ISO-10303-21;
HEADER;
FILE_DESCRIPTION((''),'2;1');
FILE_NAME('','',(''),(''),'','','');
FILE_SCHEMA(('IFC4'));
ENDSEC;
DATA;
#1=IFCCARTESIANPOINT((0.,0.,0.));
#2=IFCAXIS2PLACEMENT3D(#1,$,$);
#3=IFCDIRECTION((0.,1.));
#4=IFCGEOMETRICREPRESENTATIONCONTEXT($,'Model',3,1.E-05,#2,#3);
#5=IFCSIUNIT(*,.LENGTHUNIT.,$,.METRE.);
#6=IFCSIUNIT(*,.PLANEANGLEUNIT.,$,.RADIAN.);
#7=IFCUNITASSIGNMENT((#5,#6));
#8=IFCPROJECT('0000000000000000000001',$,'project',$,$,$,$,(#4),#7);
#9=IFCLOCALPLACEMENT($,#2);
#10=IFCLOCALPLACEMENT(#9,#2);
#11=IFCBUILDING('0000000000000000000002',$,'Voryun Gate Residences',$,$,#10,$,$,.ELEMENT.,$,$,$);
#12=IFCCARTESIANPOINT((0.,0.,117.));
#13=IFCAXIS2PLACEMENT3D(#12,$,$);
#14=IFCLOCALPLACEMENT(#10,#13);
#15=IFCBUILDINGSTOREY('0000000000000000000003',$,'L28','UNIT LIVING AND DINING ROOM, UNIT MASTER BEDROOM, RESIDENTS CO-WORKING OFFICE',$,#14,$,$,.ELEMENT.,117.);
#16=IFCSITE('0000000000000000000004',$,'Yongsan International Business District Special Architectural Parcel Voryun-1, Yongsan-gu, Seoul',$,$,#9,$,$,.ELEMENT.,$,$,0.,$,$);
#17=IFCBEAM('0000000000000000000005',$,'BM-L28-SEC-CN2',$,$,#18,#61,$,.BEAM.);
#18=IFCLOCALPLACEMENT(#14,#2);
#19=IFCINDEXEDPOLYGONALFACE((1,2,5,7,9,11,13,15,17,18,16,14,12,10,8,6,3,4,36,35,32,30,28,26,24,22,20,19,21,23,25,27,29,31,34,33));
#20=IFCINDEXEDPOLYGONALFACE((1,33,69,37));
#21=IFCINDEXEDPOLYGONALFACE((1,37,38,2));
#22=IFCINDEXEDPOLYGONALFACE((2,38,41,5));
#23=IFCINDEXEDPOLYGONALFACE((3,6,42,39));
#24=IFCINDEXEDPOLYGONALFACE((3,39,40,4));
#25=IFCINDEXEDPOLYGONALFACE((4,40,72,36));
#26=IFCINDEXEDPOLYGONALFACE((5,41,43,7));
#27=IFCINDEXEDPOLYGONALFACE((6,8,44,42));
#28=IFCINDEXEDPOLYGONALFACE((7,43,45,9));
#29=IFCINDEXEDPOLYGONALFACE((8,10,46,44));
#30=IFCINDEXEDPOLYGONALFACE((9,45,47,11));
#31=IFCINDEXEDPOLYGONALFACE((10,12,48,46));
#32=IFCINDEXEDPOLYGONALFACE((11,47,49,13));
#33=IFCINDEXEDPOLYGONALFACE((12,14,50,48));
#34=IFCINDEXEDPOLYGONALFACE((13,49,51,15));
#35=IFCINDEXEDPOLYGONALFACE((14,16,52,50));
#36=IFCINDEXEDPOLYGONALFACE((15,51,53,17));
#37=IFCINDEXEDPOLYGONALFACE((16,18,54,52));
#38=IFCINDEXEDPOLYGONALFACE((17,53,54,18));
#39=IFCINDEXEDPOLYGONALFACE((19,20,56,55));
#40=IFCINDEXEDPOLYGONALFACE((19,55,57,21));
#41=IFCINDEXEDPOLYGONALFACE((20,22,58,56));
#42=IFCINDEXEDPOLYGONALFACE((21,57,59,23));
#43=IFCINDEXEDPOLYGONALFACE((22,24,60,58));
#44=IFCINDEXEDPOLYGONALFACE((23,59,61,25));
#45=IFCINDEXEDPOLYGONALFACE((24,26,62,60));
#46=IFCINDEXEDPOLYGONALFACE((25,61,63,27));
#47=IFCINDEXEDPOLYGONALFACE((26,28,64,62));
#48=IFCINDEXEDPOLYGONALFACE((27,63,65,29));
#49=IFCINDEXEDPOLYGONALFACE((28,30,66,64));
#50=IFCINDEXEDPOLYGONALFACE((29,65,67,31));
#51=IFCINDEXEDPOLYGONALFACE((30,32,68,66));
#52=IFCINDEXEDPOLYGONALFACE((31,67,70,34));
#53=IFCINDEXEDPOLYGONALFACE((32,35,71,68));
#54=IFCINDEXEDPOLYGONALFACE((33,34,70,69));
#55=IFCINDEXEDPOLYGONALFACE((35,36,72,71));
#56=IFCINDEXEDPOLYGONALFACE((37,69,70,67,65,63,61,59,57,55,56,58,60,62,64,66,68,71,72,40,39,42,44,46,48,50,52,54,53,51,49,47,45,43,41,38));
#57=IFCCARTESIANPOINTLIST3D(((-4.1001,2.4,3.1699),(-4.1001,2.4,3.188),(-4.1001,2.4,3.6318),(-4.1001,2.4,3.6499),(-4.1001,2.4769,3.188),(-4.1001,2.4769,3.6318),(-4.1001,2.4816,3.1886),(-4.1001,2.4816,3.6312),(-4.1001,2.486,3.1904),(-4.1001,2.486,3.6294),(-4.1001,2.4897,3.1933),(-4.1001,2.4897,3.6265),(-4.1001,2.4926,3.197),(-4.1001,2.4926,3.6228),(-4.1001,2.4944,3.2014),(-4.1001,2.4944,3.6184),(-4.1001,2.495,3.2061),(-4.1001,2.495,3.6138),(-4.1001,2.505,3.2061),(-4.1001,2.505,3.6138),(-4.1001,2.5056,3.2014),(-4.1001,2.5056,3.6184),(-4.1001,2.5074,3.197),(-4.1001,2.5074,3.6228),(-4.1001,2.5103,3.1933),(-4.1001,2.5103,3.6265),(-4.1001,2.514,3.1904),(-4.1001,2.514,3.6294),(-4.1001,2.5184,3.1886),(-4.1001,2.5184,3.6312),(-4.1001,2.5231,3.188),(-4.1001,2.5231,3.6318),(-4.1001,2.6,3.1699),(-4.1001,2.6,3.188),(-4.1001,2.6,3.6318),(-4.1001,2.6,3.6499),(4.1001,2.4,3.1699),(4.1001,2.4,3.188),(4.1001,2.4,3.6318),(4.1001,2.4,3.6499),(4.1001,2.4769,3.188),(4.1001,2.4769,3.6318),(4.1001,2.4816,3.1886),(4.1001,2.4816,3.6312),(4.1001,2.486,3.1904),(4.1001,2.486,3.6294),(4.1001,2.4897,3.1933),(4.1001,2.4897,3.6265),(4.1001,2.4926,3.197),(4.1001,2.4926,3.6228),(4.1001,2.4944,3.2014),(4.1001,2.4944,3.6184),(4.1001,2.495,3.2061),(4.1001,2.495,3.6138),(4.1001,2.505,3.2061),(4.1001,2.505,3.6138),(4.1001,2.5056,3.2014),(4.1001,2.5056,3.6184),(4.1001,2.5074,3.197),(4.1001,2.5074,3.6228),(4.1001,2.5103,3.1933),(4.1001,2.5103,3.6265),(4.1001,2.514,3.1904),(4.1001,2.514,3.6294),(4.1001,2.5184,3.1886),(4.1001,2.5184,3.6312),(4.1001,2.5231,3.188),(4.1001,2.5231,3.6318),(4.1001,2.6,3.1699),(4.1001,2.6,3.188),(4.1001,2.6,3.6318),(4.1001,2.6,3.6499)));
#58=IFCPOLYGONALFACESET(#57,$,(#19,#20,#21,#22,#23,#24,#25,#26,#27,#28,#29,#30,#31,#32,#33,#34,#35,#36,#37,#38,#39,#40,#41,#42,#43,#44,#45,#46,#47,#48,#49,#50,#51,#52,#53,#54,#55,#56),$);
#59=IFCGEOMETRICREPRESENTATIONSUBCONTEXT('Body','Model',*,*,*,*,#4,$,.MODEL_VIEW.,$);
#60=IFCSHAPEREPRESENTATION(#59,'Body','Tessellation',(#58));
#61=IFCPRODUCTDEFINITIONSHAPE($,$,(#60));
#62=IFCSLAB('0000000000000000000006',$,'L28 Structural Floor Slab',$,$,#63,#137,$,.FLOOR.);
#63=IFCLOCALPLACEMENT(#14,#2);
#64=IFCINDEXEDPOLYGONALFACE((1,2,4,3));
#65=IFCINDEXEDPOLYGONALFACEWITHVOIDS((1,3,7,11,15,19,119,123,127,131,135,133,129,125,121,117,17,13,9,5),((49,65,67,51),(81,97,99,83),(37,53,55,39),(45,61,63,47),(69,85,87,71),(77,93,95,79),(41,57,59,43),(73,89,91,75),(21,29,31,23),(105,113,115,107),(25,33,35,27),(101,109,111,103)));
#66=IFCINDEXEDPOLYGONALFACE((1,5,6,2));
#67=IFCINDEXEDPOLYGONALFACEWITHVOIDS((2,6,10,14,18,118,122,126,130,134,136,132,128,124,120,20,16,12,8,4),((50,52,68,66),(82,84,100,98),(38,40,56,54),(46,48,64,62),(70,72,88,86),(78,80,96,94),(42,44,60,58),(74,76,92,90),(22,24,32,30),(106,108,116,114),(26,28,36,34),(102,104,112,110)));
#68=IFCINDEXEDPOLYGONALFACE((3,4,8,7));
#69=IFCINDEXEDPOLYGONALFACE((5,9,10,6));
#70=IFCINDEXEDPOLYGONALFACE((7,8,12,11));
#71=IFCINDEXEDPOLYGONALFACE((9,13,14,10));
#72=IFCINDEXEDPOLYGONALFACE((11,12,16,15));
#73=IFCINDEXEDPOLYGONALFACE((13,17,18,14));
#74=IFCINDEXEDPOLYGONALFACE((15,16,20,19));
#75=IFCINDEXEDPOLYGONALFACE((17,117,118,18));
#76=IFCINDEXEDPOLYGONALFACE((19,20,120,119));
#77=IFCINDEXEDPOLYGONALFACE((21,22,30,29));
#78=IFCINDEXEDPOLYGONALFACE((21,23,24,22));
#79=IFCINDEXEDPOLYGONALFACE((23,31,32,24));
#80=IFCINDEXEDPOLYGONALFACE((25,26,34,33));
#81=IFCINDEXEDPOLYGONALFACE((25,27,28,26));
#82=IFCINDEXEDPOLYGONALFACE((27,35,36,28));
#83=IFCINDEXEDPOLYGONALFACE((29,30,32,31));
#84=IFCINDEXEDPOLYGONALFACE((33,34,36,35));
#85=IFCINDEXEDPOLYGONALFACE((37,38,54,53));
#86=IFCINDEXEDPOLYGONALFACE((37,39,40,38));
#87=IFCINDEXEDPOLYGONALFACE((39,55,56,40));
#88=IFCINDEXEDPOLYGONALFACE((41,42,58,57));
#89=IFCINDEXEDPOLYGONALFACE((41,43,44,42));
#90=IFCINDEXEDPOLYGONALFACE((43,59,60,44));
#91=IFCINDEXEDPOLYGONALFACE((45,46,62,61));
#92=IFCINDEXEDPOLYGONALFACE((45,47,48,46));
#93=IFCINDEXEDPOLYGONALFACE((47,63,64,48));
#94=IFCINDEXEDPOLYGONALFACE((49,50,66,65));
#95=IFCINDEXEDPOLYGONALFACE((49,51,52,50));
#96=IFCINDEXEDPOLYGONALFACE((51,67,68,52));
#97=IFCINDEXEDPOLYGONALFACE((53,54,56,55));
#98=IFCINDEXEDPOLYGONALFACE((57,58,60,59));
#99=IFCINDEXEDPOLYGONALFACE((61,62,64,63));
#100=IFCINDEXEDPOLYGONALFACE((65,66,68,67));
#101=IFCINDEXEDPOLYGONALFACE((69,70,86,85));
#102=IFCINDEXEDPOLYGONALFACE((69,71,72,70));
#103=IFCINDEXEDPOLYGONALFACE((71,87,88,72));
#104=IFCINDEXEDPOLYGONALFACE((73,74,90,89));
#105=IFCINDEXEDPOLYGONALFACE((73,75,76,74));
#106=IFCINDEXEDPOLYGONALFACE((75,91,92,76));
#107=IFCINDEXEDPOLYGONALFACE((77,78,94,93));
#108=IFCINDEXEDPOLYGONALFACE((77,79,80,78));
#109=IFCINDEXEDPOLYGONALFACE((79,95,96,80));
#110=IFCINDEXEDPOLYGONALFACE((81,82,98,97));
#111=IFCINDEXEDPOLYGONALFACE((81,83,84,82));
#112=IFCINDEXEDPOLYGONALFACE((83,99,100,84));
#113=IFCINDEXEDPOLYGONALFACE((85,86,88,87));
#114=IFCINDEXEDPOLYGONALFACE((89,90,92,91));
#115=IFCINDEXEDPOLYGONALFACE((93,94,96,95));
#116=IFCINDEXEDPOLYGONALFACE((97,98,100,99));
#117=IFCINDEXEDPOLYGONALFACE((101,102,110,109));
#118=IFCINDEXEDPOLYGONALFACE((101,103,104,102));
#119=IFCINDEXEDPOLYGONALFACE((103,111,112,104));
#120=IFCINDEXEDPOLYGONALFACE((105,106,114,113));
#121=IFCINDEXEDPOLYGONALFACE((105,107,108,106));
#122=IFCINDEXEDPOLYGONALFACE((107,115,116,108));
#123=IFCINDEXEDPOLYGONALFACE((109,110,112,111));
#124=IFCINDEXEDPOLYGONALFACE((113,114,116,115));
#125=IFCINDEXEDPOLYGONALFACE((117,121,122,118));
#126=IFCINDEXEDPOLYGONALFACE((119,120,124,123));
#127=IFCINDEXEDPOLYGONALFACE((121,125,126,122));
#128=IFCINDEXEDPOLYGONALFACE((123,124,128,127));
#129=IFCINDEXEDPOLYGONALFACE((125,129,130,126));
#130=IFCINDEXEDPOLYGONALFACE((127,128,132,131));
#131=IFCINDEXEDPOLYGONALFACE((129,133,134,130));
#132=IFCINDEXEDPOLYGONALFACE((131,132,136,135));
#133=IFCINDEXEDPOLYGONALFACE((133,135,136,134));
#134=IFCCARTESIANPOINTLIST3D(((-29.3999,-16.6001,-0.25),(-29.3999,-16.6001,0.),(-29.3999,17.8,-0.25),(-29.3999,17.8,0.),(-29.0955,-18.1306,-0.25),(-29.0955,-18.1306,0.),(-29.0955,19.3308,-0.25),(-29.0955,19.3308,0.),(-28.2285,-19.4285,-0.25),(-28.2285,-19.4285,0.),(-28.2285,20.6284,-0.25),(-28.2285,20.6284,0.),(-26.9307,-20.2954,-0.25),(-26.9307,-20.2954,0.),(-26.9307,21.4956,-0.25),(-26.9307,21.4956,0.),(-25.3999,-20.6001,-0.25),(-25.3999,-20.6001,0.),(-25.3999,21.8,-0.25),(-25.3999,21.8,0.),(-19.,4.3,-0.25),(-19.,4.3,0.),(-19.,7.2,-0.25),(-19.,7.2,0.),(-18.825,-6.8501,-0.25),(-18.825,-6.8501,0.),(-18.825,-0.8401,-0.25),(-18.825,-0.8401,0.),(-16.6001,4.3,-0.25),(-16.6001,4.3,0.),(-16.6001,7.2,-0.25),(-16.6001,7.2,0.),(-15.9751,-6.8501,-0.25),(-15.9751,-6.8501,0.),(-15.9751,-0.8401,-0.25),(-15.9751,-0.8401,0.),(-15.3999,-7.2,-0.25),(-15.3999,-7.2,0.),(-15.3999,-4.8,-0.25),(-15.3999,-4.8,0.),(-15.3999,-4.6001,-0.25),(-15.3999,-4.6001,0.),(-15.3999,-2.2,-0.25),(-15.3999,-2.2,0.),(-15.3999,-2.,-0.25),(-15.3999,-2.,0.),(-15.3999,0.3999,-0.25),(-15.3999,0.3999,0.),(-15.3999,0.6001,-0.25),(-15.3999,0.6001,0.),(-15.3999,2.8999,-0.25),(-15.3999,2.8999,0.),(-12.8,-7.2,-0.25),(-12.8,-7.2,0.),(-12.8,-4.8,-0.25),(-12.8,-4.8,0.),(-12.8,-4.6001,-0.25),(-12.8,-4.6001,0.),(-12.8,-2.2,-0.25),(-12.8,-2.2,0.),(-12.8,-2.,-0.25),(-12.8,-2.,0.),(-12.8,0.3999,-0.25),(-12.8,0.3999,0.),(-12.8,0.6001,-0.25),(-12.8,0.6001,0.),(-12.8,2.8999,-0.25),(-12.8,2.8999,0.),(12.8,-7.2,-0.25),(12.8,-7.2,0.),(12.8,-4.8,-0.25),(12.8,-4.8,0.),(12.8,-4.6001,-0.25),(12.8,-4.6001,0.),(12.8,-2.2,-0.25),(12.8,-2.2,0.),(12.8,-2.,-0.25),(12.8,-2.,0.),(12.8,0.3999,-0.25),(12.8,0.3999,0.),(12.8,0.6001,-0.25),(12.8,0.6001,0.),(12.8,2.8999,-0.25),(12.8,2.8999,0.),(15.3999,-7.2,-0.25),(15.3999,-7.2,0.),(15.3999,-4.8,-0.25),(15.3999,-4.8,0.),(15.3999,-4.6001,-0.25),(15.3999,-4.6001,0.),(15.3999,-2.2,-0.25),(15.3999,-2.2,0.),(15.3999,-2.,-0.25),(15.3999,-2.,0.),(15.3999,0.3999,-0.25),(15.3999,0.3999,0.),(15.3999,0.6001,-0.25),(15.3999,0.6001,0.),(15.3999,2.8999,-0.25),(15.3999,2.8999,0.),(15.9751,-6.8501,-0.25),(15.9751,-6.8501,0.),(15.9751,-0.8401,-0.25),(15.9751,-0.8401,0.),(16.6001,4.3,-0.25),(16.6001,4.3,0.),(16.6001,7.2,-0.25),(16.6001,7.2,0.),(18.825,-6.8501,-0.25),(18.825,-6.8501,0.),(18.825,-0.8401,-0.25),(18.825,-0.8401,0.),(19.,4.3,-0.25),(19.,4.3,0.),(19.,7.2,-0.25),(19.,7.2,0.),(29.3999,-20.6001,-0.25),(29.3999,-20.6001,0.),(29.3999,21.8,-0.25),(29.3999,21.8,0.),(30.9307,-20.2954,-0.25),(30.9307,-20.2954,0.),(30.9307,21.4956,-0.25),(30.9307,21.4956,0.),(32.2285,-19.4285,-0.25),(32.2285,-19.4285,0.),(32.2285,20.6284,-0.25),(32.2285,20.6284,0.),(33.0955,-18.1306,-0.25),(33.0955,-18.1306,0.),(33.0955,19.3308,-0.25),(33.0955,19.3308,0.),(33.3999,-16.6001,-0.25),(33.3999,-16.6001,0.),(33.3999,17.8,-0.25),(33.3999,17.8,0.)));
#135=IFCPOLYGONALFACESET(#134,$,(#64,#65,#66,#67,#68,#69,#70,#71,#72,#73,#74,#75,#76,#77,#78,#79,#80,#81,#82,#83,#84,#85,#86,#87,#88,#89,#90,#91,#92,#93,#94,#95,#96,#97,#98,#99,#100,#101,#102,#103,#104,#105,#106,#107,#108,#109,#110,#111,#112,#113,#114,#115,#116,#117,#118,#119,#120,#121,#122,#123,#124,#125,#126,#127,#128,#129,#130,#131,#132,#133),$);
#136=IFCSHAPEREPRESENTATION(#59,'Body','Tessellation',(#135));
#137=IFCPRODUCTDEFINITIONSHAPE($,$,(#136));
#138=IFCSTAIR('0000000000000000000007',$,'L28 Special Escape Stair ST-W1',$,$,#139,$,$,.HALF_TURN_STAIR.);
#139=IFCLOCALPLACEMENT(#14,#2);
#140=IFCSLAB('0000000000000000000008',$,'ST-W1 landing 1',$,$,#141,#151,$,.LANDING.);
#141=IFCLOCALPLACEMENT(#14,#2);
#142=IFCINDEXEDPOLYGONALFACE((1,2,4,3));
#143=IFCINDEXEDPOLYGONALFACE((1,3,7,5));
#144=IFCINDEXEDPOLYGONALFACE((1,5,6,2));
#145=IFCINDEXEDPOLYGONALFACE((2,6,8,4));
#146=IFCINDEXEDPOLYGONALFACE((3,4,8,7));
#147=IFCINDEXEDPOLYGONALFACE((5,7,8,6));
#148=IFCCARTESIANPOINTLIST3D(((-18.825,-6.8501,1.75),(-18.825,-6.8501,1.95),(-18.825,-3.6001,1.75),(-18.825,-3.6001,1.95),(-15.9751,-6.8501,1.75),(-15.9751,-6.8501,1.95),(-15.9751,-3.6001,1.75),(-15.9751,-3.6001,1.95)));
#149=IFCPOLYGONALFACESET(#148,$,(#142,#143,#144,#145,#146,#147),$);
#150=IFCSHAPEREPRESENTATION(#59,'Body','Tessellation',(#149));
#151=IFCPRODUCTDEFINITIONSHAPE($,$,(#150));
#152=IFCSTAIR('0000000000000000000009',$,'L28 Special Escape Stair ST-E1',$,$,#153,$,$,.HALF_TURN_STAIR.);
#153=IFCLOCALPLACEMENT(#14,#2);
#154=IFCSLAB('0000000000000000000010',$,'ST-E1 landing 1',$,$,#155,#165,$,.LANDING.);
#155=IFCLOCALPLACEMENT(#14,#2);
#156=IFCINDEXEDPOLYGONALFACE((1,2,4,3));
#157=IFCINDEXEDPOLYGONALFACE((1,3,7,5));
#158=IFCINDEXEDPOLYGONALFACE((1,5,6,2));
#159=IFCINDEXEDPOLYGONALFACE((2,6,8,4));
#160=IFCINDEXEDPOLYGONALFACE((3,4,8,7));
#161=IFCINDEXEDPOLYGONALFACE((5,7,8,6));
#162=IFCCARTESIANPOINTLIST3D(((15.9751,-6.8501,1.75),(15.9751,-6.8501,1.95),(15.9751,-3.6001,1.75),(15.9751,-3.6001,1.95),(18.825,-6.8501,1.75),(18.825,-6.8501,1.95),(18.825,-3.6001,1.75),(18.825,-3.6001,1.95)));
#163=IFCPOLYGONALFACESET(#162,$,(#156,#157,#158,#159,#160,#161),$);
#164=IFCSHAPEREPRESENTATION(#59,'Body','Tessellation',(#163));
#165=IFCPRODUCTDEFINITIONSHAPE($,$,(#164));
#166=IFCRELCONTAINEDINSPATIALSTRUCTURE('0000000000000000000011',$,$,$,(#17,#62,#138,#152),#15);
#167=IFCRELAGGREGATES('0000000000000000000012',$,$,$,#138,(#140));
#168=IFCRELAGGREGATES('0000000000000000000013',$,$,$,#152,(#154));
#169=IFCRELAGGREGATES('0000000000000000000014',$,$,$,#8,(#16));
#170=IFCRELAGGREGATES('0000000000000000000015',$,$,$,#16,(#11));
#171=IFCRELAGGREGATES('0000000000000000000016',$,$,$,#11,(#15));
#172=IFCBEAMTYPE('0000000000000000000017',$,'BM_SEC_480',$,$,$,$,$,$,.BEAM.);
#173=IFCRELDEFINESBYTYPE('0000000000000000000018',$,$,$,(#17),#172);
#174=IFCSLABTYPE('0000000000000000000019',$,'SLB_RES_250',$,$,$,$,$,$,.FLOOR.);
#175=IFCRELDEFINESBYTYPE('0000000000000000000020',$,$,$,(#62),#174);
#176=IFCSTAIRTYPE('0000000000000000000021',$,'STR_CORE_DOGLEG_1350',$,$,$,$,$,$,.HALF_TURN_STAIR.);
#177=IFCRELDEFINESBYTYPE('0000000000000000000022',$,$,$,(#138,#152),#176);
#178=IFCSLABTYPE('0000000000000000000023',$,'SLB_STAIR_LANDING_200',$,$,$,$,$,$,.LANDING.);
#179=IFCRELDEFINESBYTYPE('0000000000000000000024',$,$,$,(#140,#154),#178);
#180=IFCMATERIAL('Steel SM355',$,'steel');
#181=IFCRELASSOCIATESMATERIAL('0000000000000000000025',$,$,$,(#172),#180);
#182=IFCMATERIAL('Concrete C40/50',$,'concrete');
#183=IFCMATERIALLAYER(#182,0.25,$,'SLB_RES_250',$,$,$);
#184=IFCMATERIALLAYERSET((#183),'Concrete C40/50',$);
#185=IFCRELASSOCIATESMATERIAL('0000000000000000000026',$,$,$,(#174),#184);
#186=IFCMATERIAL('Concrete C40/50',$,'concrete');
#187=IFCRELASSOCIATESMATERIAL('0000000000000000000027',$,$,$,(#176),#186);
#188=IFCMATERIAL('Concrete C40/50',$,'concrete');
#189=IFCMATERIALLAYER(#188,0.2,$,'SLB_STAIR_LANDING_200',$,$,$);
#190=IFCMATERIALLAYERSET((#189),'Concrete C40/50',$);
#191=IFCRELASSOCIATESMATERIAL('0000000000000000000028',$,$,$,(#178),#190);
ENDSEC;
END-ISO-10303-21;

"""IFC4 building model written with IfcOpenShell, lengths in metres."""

from ifc_helpers import new_model, si_unit, direction, frame, origin, origin_2d, place, context, subcontext, project, spatial, polyline, i_section, outline, extrude, material, layer, layer_set, material_profile, profile_set, type_object, element, aggregate, save


model = new_model("IFC4")

# Units and contexts
model_context = context("Model", 3, precision=1e-05, world=origin(), true_north=direction((0.0, 1.0)))
body_context = subcontext(model_context, "Body", "Model", "MODEL_VIEW")
ifc_project = project(units=[si_unit("LENGTHUNIT", "METRE"), si_unit("PLANEANGLEUNIT", "RADIAN")], contexts=[model_context])

# Site, building, storey
site_placement = place(None, origin())
site = spatial("IfcSite", under=ifc_project, at=site_placement, Name="Yongsan International Business District Special Architectural Parcel Voryun-1, Yongsan-gu, Seoul", CompositionType="ELEMENT", RefElevation=0.0)
building_placement = place(site_placement, origin())
building = spatial("IfcBuilding", under=site, at=building_placement, Name="Voryun Gate Residences", CompositionType="ELEMENT")
storey_placement = place(building_placement, frame((0.0, 0.0, 117.0)))
storey = spatial("IfcBuildingStorey", under=building, at=storey_placement, Name="L28", Description="UNIT LIVING AND DINING ROOM, UNIT MASTER BEDROOM, RESIDENTS CO-WORKING OFFICE", CompositionType="ELEMENT", Elevation=117.0)

# Beam
ifc_material_1 = material(Name="Steel SM355", Category="steel")
ifc_material_profile_1 = material_profile(ifc_material_1, i_section(OverallWidth=0.2, OverallDepth=0.48, WebThickness=0.01, FlangeThickness=0.0181, FilletRadius=0.0181, at=origin_2d()), Name="H-480x200x10x18")
ifc_profile_set_1 = profile_set([ifc_material_profile_1], Name="Steel SM355")
beam_type_1 = type_object("IfcBeamType", Name="BM_SEC_480", PredefinedType="BEAM", material=ifc_profile_set_1)
for number, where, z_axis, x_axis, name in (
    (1, (-4.1001, 2.5, 3.4099), (1.0, 0.0, 0.0), (0.0, 1.0, 0.0), "BM-L28-SEC-CN2"),
):
    element("IfcBeam", number, at=place(storey_placement, frame(where, z_axis=z_axis, x_axis=x_axis)), inside=storey, type_object=beam_type_1, Name=name, PredefinedType="BEAM", context=body_context, shape_type="SweptSolid", body=[
        extrude(i_section(OverallWidth=0.2, OverallDepth=0.48, WebThickness=0.01, FlangeThickness=0.0181, FilletRadius=0.0181, at=origin_2d()), origin(), (0.0, 0.0, 1.0), 8.2002),
    ])

# Slab
ifc_material_2 = material(Name="Concrete C40/50", Category="concrete")
ifc_layer_1 = layer(ifc_material_2, 0.25, Name="SLB_RES_250")
ifc_layer_set_1 = layer_set([ifc_layer_1], Name="Concrete C40/50")
slab_type_1 = type_object("IfcSlabType", Name="SLB_RES_250", PredefinedType="FLOOR", material=ifc_layer_set_1)
slab_1_placement = place(storey_placement, frame((0.0, 0.0, -0.25)))
element("IfcSlab", 2, at=slab_1_placement, inside=storey, type_object=slab_type_1, Name="L28 Structural Floor Slab", PredefinedType="FLOOR", context=body_context, shape_type="SweptSolid", body=[
    extrude(outline(polyline([(-25.3999, -20.6001), (-26.9307, -20.2954), (-28.2285, -19.4285), (-29.0955, -18.1306), (-29.3999, -16.6001), (-29.3999, 17.8), (-29.0955, 19.3308), (-28.2285, 20.6284), (-26.9307, 21.4956), (-25.3999, 21.8), (29.3999, 21.8), (30.9307, 21.4956), (32.2285, 20.6284), (33.0955, 19.3308), (33.3999, 17.8), (33.3999, -16.6001), (33.0955, -18.1306), (32.2285, -19.4285), (30.9307, -20.2954), (29.3999, -20.6001), (-25.3999, -20.6001)]), holes=[polyline([(-12.8, -4.8), (-15.3999, -4.8), (-15.3999, -7.2), (-12.8, -7.2), (-12.8, -4.8)]), polyline([(-18.825, -6.8501), (-15.9751, -6.8501), (-15.9751, -0.8401), (-18.825, -0.8401), (-18.825, -6.8501)]), polyline([(-12.8, -4.6001), (-12.8, -2.2), (-15.3999, -2.2), (-15.3999, -4.6001), (-12.8, -4.6001)]), polyline([(-12.8, 0.3999), (-15.3999, 0.3999), (-15.3999, -2.0), (-12.8, -2.0), (-12.8, 0.3999)]), polyline([(-12.8, 0.6001), (-12.8, 2.8999), (-15.3999, 2.8999), (-15.3999, 0.6001), (-12.8, 0.6001)]), polyline([(-16.6001, 4.3), (-16.6001, 7.2), (-19.0, 7.2), (-19.0, 4.3), (-16.6001, 4.3)]), polyline([(15.3999, -4.8), (12.8, -4.8), (12.8, -7.2), (15.3999, -7.2), (15.3999, -4.8)]), polyline([(15.9751, -6.8501), (18.825, -6.8501), (18.825, -0.8401), (15.9751, -0.8401), (15.9751, -6.8501)]), polyline([(15.3999, -4.6001), (15.3999, -2.2), (12.8, -2.2), (12.8, -4.6001), (15.3999, -4.6001)]), polyline([(15.3999, 0.3999), (12.8, 0.3999), (12.8, -2.0), (15.3999, -2.0), (15.3999, 0.3999)]), polyline([(15.3999, 0.6001), (15.3999, 2.8999), (12.8, 2.8999), (12.8, 0.6001), (15.3999, 0.6001)]), polyline([(19.0, 4.3), (19.0, 7.2), (16.6001, 7.2), (16.6001, 4.3), (19.0, 4.3)])]), origin(), (0.0, 0.0, 1.0), 0.25),
])

# Stairs, slabs
ifc_material_3 = material(Name="Concrete C40/50", Category="concrete")
stair_type = type_object("IfcStairType", Name="STR_CORE_DOGLEG_1350", PredefinedType="HALF_TURN_STAIR", material=ifc_material_3)
stair_1_placement = place(storey_placement, origin())
stair_1 = element("IfcStair", 3, at=stair_1_placement, inside=storey, type_object=stair_type, Name="L28 Special Escape Stair ST-W1", PredefinedType="HALF_TURN_STAIR")
ifc_material_4 = material(Name="Concrete C40/50", Category="concrete")
ifc_layer_2 = layer(ifc_material_4, 0.2, Name="SLB_STAIR_LANDING_200")
ifc_layer_set_2 = layer_set([ifc_layer_2], Name="Concrete C40/50")
slab_type_2 = type_object("IfcSlabType", Name="SLB_STAIR_LANDING_200", PredefinedType="LANDING", material=ifc_layer_set_2)
slab_2_placement = place(storey_placement, frame((0.0, 0.0, 1.75)))
slab_2 = element("IfcSlab", 4, at=slab_2_placement, type_object=slab_type_2, Name="ST-W1 landing 1", PredefinedType="LANDING", context=body_context, shape_type="SweptSolid", body=[
    extrude(outline(polyline([(-18.825, -3.6001), (-18.825, -6.8501), (-15.9751, -6.8501), (-15.9751, -3.6001), (-18.825, -3.6001)])), origin(), (0.0, 0.0, 1.0), 0.2),
])
aggregate(stair_1, [slab_2])
stair_2_placement = place(storey_placement, origin())
stair_2 = element("IfcStair", 5, at=stair_2_placement, inside=storey, type_object=stair_type, Name="L28 Special Escape Stair ST-E1", PredefinedType="HALF_TURN_STAIR")
slab_3_placement = place(storey_placement, frame((0.0, 0.0, 1.75)))
slab_3 = element("IfcSlab", 6, at=slab_3_placement, type_object=slab_type_2, Name="ST-E1 landing 1", PredefinedType="LANDING", context=body_context, shape_type="SweptSolid", body=[
    extrude(outline(polyline([(15.9751, -3.6001), (15.9751, -6.8501), (18.825, -6.8501), (18.825, -3.6001), (15.9751, -3.6001)])), origin(), (0.0, 0.0, 1.0), 0.2),
])
aggregate(stair_2, [slab_3])

save(model, "model.ifc")
